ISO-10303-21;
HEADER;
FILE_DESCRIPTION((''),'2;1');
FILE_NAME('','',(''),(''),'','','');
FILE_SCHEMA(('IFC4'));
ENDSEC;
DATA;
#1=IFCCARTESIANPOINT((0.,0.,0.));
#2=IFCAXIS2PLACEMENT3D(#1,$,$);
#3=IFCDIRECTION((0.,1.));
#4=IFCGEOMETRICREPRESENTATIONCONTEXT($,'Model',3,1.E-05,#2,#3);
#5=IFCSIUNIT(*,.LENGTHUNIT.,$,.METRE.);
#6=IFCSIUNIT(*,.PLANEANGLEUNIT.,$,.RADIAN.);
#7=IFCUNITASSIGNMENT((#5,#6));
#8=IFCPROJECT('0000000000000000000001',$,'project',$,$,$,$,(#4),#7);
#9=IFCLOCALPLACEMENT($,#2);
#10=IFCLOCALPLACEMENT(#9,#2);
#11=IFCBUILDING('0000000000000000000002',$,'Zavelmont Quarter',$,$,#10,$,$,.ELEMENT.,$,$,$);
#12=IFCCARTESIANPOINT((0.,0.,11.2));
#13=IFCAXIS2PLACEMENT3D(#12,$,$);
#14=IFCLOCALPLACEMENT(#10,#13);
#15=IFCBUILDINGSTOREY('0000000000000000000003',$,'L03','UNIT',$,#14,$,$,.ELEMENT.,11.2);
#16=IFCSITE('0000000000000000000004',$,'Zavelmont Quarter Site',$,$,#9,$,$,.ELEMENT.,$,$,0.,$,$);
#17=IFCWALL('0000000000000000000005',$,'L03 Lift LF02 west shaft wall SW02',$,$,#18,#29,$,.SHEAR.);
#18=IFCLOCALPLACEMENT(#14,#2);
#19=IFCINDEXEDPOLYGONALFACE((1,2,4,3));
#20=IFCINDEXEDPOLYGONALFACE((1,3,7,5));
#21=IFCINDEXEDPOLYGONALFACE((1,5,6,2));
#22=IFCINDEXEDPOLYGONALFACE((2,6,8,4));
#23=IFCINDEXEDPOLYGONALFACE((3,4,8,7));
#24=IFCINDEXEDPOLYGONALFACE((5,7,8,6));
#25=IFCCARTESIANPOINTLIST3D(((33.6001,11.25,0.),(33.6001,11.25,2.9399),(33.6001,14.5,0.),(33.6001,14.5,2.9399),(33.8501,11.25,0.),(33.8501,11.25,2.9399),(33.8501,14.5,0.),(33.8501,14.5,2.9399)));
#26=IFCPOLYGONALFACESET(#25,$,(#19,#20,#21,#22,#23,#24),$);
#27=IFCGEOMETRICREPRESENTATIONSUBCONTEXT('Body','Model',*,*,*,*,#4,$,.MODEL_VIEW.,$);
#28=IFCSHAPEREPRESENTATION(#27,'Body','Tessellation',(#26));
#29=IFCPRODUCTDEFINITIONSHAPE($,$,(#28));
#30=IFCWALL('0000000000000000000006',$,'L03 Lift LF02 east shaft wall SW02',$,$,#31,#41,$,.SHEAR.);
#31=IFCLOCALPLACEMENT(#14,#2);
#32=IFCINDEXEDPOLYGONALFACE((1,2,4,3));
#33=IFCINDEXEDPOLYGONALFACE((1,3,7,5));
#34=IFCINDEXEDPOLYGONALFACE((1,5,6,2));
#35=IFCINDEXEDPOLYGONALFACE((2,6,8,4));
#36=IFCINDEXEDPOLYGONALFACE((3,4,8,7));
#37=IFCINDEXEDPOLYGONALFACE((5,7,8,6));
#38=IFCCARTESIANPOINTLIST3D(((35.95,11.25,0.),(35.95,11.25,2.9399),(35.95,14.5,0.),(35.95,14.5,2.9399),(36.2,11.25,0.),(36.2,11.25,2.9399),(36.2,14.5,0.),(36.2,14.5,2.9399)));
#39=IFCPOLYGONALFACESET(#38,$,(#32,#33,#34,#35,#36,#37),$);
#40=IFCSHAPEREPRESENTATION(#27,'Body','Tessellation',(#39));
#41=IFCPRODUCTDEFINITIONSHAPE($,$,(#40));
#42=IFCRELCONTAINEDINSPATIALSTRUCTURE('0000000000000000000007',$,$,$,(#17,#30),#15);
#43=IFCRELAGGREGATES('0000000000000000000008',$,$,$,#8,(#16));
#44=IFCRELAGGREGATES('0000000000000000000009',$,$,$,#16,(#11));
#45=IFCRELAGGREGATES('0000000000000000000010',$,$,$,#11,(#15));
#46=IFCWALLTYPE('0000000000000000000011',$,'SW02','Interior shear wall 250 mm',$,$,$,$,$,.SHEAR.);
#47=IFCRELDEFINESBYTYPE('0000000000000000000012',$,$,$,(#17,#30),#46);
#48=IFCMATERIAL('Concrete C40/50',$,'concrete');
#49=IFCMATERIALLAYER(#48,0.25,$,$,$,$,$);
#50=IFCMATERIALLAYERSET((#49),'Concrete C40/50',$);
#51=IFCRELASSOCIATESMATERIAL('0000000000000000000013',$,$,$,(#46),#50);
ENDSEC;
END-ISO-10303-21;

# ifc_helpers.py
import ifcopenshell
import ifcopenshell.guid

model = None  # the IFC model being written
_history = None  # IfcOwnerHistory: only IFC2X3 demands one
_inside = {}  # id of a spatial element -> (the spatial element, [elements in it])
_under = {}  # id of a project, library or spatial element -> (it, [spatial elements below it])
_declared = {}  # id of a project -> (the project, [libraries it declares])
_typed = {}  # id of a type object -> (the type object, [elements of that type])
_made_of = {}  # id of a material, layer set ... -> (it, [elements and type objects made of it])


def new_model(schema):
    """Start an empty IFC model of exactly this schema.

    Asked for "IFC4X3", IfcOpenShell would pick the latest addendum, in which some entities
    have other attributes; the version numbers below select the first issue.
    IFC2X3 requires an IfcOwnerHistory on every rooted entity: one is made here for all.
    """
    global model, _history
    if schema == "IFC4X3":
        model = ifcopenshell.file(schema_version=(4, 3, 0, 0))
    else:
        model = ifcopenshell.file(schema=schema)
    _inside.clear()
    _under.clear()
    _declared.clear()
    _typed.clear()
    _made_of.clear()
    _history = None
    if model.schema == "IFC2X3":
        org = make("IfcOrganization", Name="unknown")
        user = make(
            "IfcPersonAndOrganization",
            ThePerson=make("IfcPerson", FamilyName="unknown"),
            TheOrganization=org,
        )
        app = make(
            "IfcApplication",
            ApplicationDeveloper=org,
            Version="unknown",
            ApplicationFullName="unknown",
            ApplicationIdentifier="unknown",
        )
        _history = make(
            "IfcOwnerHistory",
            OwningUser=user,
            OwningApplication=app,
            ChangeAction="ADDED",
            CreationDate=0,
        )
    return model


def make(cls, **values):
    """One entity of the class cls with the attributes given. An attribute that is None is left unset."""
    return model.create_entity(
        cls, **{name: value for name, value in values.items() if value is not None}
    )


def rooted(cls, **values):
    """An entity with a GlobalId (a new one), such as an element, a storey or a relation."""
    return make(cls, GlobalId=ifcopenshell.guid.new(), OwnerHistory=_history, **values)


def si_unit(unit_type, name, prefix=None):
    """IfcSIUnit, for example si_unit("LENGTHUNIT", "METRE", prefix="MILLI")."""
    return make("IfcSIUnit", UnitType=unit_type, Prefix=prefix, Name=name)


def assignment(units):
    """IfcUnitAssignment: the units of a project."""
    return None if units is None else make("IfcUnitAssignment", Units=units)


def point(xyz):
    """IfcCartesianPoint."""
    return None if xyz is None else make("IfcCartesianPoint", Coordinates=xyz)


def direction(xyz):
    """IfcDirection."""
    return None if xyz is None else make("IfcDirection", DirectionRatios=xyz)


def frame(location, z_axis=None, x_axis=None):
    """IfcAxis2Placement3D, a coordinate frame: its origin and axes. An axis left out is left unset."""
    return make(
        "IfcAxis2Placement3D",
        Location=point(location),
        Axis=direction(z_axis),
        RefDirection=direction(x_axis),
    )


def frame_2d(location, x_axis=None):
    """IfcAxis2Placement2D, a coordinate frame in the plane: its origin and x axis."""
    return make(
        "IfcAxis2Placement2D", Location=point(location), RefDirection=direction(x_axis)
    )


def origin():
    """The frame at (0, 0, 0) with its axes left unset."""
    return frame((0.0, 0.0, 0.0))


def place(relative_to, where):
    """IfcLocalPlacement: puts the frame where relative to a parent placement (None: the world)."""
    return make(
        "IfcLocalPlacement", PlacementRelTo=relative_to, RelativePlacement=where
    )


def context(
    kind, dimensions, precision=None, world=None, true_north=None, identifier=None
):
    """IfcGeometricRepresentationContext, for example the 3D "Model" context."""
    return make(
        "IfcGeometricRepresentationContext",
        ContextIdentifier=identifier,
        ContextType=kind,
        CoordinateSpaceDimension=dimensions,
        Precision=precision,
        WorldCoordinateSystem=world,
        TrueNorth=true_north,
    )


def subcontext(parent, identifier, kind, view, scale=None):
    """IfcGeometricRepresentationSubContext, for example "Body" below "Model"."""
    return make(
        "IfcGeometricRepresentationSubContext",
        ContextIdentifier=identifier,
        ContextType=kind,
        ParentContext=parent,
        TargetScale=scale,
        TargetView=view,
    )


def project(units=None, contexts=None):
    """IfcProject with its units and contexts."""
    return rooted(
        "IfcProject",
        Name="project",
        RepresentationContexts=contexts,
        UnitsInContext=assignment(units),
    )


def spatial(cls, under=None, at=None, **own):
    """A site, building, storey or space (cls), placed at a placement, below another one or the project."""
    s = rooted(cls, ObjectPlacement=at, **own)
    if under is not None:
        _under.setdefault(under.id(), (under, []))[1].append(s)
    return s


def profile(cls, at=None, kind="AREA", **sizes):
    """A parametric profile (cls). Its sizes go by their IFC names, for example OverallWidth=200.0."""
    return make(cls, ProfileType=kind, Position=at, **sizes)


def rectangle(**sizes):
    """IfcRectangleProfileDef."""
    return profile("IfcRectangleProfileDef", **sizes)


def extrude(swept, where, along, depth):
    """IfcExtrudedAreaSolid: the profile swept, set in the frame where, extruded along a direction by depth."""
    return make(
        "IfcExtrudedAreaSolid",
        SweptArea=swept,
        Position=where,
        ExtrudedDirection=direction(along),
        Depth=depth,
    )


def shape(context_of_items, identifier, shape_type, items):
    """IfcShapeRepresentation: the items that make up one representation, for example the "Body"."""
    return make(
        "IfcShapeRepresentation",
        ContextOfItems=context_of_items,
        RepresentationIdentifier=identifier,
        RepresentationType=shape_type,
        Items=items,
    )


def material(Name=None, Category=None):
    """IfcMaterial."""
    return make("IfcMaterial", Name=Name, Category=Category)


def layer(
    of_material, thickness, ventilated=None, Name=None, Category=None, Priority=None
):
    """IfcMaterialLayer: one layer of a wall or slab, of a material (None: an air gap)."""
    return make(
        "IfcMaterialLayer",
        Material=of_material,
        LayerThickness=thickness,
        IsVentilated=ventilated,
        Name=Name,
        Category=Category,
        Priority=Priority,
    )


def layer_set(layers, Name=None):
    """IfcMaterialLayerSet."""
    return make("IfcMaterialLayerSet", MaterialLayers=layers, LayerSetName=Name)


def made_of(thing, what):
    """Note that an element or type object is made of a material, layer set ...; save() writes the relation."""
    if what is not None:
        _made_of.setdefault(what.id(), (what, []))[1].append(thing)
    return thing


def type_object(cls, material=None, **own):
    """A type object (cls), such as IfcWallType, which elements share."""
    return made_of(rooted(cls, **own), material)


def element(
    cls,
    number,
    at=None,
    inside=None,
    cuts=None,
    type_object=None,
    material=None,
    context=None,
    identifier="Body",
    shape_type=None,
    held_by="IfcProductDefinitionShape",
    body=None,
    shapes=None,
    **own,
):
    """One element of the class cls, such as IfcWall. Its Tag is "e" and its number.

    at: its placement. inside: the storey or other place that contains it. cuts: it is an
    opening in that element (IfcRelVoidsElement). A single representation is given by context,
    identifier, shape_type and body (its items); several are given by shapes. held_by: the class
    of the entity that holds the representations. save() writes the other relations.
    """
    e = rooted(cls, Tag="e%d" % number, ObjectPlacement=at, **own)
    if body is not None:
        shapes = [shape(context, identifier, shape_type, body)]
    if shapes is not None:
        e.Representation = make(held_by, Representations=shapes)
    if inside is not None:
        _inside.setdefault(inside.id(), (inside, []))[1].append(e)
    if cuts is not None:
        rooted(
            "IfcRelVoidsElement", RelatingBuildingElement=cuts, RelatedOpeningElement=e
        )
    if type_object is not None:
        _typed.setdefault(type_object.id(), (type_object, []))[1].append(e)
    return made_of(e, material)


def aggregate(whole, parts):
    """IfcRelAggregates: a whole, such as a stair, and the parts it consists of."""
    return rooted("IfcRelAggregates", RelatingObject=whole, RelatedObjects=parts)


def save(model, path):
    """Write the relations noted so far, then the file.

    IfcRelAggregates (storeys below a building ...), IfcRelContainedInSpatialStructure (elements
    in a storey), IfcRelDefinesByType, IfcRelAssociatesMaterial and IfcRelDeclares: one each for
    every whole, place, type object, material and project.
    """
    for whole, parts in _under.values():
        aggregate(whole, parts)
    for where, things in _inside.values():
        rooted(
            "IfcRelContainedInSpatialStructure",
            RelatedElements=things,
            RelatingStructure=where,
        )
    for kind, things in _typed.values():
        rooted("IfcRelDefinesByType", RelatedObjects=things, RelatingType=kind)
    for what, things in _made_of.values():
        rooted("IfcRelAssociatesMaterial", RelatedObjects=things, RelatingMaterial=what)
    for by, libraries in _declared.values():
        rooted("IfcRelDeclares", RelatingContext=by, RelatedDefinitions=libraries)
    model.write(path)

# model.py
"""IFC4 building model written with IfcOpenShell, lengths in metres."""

from ifc_helpers import new_model, si_unit, direction, frame, frame_2d, origin, place, context, subcontext, project, spatial, rectangle, extrude, material, layer, layer_set, type_object, element, save


model = new_model("IFC4")

# Units and contexts
model_context = context("Model", 3, precision=1e-05, world=origin(), true_north=direction((0.0, 1.0)))
body_context = subcontext(model_context, "Body", "Model", "MODEL_VIEW")
ifc_project = project(units=[si_unit("LENGTHUNIT", "METRE"), si_unit("PLANEANGLEUNIT", "RADIAN")], contexts=[model_context])

# Site, building, storey
site_placement = place(None, origin())
site = spatial("IfcSite", under=ifc_project, at=site_placement, Name="Zavelmont Quarter Site", CompositionType="ELEMENT", RefElevation=0.0)
building_placement = place(site_placement, origin())
building = spatial("IfcBuilding", under=site, at=building_placement, Name="Zavelmont Quarter", CompositionType="ELEMENT")
storey_placement = place(building_placement, frame((0.0, 0.0, 11.2)))
storey = spatial("IfcBuildingStorey", under=building, at=storey_placement, Name="L03", Description="UNIT", CompositionType="ELEMENT", Elevation=11.2)

# Shared definitions
ifc_material_1 = material(Name="Concrete C40/50", Category="concrete")

# Walls
ifc_layer_1 = layer(ifc_material_1, 0.25)
ifc_layer_set_1 = layer_set([ifc_layer_1], Name="Concrete C40/50")
wall_type_1 = type_object("IfcWallType", Name="SW02", Description="Interior shear wall 250 mm", PredefinedType="SHEAR", material=ifc_layer_set_1)
for number, where, z_axis, x_axis, name in (
    (1, (33.7251, 11.25, 0.0), (0.0, 0.0, 1.0), (0.0, 1.0, 0.0), "L03 Lift LF02 west shaft wall SW02"),
    (2, (36.075, 11.25, 0.0), (0.0, 0.0, 1.0), (0.0, 1.0, 0.0), "L03 Lift LF02 east shaft wall SW02"),
):
    element("IfcWall", number, at=place(storey_placement, frame(where, z_axis=z_axis, x_axis=x_axis)), inside=storey, type_object=wall_type_1, Name=name, PredefinedType="SHEAR", context=body_context, shape_type="SweptSolid", body=[
        extrude(rectangle(XDim=3.25, YDim=0.25, at=frame_2d((1.625, 0.0))), origin(), (0.0, 0.0, 1.0), 2.9399),
    ])

save(model, "model.ifc")
